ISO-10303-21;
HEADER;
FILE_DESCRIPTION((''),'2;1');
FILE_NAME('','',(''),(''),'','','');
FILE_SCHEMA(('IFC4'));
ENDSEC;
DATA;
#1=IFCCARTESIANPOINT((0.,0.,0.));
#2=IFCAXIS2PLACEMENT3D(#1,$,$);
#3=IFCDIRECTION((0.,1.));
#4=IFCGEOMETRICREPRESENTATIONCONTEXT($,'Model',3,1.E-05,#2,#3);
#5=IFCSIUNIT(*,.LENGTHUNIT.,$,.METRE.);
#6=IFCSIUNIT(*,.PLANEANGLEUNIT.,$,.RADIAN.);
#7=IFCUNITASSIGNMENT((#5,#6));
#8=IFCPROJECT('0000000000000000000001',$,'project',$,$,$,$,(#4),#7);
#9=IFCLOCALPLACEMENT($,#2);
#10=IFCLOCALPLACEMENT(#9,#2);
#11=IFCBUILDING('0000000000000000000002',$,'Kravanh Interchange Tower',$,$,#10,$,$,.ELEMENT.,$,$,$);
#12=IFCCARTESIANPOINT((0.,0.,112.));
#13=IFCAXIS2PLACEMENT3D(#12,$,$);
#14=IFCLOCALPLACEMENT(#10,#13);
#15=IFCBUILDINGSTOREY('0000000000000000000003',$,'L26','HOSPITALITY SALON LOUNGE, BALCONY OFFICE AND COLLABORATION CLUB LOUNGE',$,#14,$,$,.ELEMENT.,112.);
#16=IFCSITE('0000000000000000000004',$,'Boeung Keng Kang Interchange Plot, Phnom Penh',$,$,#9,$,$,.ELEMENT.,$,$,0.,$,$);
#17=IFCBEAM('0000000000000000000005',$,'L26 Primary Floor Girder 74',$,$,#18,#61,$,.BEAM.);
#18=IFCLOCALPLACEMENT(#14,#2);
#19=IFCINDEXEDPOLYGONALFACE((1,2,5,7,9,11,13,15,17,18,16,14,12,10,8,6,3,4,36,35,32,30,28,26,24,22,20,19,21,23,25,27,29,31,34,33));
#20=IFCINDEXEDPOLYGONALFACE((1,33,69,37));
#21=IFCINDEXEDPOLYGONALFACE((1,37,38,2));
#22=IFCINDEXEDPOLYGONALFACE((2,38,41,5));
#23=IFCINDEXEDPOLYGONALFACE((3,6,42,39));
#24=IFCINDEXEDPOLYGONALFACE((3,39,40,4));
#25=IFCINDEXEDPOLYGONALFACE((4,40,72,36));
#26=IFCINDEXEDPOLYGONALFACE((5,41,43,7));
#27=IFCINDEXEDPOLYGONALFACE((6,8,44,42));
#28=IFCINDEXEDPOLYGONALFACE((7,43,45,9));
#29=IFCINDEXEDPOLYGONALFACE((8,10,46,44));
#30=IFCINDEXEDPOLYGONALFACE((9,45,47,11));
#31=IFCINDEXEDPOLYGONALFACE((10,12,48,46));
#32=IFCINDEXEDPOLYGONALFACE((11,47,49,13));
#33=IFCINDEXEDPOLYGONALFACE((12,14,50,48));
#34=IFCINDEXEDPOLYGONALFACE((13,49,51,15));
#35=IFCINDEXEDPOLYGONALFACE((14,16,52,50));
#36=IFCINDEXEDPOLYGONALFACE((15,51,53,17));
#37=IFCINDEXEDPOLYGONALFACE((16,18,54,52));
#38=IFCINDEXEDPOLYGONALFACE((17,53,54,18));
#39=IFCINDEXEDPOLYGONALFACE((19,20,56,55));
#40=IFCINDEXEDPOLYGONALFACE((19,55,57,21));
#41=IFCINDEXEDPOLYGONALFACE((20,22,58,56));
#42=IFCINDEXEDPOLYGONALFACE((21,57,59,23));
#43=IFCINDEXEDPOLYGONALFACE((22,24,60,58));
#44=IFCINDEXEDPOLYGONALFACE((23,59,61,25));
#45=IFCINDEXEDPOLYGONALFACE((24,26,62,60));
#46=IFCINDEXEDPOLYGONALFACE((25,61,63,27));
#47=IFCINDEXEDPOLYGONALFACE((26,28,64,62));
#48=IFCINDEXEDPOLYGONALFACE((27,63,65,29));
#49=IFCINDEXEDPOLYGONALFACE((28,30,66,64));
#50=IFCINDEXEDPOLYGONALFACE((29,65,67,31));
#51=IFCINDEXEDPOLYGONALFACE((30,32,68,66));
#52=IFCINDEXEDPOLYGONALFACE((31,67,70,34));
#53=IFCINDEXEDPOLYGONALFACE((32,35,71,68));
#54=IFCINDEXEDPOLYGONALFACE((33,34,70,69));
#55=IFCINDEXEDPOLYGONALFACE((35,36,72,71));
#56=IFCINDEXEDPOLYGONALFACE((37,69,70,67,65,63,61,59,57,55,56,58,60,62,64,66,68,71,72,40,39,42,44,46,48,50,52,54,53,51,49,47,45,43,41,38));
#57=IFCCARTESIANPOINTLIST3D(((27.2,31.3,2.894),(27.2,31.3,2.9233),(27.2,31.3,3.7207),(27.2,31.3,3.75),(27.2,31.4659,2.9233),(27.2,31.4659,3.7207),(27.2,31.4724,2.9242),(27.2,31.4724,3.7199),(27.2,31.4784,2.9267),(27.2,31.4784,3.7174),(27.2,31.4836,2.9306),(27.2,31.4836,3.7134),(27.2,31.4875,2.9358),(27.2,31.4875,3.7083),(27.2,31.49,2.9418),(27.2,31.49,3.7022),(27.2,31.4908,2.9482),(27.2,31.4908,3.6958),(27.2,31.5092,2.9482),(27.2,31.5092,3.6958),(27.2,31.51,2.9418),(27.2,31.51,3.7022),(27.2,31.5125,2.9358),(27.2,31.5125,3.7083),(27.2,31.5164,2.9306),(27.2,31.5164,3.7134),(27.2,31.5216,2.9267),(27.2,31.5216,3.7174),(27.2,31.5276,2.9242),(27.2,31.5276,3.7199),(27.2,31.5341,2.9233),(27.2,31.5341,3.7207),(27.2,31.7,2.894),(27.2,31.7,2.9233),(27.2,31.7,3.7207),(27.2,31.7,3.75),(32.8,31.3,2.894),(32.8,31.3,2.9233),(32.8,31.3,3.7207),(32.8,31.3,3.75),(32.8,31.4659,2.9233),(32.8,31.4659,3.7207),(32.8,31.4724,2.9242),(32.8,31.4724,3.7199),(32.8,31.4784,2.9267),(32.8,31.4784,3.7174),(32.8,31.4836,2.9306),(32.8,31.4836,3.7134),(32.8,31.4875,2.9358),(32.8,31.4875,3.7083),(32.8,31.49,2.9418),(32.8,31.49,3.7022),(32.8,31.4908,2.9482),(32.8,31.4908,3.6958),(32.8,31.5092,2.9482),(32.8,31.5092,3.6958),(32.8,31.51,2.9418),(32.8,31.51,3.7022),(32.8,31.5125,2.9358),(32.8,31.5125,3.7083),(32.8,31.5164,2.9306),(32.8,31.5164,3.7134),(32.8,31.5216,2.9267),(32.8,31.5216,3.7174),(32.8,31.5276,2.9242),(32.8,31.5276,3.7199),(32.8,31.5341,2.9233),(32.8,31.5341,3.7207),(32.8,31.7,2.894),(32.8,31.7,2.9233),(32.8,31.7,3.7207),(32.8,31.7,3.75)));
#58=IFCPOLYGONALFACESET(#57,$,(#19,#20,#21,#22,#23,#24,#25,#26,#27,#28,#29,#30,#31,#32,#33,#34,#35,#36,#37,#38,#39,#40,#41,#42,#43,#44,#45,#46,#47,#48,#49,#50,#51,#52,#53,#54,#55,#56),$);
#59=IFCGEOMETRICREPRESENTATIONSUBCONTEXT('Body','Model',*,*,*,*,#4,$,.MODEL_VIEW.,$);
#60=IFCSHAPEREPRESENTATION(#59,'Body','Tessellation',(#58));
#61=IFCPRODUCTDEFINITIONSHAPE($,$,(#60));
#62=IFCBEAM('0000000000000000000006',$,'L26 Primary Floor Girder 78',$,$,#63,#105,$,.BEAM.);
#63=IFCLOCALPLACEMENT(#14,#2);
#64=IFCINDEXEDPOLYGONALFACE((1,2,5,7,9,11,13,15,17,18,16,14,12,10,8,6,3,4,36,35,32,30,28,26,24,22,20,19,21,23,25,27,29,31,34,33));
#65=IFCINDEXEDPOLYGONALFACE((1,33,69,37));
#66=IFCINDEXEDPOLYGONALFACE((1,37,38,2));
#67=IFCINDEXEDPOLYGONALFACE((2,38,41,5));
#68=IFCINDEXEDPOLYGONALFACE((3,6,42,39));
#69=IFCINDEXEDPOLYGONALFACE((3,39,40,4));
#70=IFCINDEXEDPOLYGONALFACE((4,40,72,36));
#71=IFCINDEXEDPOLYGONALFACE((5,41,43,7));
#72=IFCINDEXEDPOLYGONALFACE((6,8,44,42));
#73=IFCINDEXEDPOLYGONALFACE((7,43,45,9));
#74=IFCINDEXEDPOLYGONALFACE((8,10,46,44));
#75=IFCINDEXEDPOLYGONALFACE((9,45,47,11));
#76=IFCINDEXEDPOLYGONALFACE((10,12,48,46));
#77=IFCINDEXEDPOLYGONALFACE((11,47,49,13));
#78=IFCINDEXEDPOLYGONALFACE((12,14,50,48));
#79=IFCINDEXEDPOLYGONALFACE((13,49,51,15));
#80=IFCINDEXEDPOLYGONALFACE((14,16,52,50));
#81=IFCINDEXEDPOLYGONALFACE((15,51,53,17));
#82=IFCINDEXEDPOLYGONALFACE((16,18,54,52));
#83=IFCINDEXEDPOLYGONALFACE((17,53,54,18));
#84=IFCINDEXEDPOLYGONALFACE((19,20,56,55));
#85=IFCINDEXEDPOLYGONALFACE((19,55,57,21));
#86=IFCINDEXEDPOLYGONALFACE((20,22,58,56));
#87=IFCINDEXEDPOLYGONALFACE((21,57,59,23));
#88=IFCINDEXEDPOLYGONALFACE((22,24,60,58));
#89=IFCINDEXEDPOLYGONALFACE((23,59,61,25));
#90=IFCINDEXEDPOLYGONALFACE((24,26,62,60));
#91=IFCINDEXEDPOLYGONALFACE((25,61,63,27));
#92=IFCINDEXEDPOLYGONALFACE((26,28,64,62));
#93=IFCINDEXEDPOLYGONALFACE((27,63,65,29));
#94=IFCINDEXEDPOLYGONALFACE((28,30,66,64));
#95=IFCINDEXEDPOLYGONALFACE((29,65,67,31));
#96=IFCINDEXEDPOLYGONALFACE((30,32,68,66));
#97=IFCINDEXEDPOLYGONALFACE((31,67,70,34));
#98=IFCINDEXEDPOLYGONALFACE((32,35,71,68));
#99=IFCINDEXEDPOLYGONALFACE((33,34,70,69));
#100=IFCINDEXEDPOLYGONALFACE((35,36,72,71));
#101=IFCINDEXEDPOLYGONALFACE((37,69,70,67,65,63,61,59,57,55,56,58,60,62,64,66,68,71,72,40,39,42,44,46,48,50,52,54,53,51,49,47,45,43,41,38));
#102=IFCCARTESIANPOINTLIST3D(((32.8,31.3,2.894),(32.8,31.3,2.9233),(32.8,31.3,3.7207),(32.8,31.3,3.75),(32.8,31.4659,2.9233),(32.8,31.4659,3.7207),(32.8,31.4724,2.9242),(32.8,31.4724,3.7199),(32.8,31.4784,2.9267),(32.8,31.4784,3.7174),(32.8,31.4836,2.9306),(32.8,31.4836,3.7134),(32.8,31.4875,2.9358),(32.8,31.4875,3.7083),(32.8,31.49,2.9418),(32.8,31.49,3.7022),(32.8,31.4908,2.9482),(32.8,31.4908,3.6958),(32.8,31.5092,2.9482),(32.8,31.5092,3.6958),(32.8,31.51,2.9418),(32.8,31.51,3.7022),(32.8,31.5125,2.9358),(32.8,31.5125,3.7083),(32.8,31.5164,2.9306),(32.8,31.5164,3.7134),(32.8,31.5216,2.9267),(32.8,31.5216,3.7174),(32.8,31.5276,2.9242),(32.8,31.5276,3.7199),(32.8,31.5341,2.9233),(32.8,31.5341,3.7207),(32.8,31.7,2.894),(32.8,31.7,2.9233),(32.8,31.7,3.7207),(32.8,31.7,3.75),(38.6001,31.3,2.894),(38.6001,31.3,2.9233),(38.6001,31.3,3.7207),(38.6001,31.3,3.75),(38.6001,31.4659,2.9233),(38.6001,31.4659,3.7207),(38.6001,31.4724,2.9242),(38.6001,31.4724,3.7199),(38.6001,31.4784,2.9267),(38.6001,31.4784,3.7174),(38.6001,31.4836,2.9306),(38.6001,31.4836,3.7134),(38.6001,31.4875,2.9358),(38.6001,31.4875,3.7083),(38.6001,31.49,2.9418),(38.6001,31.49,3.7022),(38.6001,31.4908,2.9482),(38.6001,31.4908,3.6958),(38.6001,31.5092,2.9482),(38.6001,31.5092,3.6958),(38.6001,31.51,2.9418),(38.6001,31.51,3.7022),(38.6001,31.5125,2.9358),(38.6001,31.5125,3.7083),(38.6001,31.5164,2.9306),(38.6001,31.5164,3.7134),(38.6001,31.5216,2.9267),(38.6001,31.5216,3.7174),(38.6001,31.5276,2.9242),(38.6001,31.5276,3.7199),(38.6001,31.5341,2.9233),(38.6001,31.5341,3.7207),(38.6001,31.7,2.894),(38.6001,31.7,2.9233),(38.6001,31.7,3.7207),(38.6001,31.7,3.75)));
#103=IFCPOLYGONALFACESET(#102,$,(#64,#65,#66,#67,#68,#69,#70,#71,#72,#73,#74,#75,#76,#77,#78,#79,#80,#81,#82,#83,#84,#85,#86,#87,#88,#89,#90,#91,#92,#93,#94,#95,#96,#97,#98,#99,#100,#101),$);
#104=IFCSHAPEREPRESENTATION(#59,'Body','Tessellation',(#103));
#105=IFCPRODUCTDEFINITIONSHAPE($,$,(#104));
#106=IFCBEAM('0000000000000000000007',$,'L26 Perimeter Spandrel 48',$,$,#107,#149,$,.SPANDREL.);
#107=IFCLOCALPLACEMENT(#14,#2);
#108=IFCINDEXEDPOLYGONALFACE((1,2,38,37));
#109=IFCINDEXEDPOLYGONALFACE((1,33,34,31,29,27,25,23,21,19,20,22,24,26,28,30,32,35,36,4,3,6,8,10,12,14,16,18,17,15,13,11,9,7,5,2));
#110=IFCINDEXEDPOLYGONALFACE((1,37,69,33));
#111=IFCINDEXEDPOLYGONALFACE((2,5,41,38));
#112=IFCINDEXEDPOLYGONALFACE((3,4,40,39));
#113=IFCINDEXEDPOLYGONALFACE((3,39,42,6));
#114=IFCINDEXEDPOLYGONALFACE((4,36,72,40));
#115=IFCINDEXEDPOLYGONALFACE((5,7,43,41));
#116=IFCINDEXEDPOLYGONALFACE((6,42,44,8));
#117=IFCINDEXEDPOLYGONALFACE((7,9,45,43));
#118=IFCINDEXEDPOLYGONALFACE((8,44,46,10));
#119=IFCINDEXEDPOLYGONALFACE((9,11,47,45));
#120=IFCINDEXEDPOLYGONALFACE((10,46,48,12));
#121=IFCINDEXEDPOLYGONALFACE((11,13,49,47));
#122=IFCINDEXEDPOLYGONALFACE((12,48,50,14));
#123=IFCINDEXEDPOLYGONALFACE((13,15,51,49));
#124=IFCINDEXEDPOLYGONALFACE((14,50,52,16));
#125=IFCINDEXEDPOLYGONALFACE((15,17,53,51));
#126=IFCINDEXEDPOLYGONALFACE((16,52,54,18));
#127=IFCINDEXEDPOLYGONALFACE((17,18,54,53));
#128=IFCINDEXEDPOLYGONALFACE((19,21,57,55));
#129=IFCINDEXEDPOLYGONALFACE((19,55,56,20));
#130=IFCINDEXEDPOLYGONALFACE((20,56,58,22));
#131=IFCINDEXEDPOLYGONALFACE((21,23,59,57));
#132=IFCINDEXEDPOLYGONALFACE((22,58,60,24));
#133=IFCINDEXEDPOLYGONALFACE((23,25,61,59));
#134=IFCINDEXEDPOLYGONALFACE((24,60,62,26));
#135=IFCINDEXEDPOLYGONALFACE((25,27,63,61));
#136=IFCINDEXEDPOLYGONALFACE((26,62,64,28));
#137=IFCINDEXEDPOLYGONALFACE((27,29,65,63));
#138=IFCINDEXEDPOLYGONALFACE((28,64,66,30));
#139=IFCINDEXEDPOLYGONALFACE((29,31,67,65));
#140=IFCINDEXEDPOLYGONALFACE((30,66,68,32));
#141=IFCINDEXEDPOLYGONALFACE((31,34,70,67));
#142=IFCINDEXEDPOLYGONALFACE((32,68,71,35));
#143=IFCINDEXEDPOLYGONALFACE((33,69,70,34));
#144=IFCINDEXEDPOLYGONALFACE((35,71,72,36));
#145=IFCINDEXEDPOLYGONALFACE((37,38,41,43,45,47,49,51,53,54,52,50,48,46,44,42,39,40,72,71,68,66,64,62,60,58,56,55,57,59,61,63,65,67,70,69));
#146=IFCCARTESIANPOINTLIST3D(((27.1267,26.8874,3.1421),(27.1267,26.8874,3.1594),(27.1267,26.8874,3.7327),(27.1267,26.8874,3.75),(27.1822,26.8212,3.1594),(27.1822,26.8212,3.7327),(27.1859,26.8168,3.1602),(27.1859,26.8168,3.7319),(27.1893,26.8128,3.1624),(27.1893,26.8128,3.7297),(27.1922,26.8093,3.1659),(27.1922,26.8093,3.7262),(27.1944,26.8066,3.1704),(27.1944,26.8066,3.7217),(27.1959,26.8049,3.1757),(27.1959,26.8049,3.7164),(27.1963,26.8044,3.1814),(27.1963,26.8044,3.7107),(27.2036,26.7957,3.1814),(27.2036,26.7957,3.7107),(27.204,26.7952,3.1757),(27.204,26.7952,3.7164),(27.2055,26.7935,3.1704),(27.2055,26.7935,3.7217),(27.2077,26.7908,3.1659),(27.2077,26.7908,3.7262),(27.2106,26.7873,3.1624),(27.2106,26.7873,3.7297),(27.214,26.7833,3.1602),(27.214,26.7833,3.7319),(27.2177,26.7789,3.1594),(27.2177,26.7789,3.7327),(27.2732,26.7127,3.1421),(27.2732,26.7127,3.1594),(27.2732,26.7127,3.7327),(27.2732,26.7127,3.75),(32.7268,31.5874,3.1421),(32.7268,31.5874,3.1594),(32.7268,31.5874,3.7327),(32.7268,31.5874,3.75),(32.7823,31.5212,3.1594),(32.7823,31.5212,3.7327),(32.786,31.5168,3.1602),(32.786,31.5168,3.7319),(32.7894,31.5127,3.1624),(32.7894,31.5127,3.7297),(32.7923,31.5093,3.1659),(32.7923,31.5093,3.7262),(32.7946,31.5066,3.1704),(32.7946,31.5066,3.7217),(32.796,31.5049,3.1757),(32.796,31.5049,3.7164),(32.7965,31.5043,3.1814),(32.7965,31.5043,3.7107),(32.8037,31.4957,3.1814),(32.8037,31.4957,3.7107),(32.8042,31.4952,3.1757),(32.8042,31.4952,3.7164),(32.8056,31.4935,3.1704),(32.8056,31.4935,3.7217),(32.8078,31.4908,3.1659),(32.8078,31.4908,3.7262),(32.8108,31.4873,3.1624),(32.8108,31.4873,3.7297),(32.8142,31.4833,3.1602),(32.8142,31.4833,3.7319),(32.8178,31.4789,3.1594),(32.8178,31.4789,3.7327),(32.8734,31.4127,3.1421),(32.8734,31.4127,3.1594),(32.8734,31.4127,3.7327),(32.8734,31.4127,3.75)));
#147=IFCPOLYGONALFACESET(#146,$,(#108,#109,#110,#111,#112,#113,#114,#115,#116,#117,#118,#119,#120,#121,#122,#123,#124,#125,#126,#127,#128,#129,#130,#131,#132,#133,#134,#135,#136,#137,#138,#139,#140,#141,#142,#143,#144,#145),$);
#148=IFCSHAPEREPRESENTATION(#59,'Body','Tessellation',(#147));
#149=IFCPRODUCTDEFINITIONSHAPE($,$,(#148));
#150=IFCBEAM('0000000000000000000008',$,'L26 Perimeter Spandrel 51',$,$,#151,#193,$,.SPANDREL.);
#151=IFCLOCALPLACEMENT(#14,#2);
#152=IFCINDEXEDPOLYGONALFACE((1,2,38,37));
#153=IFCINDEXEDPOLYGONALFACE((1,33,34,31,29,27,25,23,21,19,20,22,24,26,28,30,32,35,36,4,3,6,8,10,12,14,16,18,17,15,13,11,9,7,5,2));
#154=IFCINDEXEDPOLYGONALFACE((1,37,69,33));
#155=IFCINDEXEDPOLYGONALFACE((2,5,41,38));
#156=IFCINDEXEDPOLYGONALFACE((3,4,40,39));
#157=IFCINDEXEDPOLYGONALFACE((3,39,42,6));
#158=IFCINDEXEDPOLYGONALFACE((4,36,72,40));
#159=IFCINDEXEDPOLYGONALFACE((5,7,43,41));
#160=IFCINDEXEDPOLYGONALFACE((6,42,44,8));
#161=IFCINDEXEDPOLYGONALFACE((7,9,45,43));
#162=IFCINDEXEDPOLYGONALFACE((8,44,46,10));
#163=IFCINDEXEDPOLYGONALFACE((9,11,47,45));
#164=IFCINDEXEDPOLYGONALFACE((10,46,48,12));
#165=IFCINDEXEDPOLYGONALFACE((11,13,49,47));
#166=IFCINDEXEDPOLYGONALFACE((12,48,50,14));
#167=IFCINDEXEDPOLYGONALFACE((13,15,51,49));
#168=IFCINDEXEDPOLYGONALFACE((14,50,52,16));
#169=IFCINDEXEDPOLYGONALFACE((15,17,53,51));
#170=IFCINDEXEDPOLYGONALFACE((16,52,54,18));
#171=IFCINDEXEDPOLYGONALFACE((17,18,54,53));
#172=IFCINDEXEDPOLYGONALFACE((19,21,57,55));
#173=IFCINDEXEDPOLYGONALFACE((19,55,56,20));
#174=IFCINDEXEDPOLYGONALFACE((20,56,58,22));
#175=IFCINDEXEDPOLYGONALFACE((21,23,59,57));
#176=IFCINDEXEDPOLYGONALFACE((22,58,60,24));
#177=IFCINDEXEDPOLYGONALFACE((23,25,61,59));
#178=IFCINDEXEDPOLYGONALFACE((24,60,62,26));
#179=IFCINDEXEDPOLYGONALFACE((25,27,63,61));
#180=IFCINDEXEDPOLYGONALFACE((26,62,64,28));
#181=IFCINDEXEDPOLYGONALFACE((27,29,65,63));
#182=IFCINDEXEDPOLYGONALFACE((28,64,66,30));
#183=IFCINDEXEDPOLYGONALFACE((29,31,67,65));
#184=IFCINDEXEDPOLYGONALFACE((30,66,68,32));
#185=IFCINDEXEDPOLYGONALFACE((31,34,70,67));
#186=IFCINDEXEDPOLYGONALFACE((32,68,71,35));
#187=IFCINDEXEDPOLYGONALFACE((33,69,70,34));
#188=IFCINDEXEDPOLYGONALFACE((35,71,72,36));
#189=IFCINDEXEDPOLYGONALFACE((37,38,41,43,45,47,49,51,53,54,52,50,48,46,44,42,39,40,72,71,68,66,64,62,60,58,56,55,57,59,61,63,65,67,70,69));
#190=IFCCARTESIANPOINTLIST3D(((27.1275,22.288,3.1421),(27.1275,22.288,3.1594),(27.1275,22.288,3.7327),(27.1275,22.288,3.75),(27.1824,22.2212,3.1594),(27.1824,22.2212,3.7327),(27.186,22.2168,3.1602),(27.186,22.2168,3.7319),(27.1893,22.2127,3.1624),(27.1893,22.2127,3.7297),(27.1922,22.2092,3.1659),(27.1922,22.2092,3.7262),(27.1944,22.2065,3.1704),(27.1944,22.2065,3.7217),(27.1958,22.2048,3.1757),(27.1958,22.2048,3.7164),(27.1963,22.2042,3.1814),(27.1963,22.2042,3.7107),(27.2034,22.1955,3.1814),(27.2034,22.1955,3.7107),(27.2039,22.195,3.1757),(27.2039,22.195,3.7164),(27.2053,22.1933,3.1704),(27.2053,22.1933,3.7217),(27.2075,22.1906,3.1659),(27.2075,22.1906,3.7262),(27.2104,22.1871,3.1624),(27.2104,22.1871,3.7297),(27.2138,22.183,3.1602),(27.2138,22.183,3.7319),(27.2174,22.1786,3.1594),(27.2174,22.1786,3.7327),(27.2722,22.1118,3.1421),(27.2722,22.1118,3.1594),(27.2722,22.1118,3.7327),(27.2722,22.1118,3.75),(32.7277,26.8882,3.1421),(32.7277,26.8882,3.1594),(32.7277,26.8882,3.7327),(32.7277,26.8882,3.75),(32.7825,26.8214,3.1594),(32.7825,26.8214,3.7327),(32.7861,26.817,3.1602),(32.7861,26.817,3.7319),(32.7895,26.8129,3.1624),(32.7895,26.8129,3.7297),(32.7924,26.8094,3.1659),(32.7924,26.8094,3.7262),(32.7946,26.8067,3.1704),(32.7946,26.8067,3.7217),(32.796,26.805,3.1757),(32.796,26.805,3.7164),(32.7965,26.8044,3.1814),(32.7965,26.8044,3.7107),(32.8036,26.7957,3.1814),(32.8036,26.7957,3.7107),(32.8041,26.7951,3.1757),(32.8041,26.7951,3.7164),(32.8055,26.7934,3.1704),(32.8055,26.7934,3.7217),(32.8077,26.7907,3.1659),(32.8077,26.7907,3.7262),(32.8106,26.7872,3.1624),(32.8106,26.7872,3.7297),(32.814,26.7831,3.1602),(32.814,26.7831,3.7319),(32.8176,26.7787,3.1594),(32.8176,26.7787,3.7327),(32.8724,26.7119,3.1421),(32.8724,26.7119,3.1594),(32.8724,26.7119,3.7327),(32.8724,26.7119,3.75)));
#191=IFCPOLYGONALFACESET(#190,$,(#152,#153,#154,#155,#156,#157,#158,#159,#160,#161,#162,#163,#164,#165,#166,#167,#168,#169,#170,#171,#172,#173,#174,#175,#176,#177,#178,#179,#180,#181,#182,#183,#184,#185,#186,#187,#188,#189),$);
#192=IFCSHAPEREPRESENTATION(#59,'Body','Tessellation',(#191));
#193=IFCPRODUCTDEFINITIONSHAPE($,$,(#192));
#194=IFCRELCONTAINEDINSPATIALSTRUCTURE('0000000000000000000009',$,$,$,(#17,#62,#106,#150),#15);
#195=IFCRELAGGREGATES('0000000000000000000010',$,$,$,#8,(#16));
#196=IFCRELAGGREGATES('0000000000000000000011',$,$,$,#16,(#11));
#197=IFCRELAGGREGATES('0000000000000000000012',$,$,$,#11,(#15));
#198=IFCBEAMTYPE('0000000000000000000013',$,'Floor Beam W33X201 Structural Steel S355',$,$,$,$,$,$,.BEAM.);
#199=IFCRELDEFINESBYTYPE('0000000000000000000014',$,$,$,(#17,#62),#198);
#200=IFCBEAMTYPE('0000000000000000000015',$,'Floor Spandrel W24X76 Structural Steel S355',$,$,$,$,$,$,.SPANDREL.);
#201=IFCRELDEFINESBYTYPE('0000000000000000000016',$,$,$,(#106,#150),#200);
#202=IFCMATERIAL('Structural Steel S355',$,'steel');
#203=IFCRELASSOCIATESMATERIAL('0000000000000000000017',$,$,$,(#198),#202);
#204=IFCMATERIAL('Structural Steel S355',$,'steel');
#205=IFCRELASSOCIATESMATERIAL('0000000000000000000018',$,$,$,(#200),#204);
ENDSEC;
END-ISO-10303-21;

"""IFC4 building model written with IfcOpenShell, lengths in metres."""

from ifc_helpers import new_model, si_unit, direction, frame, origin, origin_2d, place, context, subcontext, project, spatial, i_section, extrude, material, material_profile, profile_set, type_object, element, save


model = new_model("IFC4")

# Units and contexts
model_context = context("Model", 3, precision=1e-05, world=origin(), true_north=direction((0.0, 1.0)))
body_context = subcontext(model_context, "Body", "Model", "MODEL_VIEW")
ifc_project = project(units=[si_unit("LENGTHUNIT", "METRE"), si_unit("PLANEANGLEUNIT", "RADIAN")], contexts=[model_context])

# Site, building, storey
site_placement = place(None, origin())
site = spatial("IfcSite", under=ifc_project, at=site_placement, Name="Boeung Keng Kang Interchange Plot, Phnom Penh", CompositionType="ELEMENT", RefElevation=0.0)
building_placement = place(site_placement, origin())
building = spatial("IfcBuilding", under=site, at=building_placement, Name="Kravanh Interchange Tower", CompositionType="ELEMENT")
storey_placement = place(building_placement, frame((0.0, 0.0, 112.0)))
storey = spatial("IfcBuildingStorey", under=building, at=storey_placement, Name="L26", Description="HOSPITALITY SALON LOUNGE, BALCONY OFFICE AND COLLABORATION CLUB LOUNGE", CompositionType="ELEMENT", Elevation=112.0)

# Beams
ifc_material_1 = material(Name="Structural Steel S355", Category="steel")
ifc_material_profile_1 = material_profile(ifc_material_1, i_section(OverallWidth=0.3999, OverallDepth=0.856, WebThickness=0.0183, FlangeThickness=0.0293, FilletRadius=0.0249, at=origin_2d()), Name="W33X201")
ifc_profile_set_1 = profile_set([ifc_material_profile_1], Name="Structural Steel S355")
beam_type_1 = type_object("IfcBeamType", Name="Floor Beam W33X201 Structural Steel S355", PredefinedType="BEAM", material=ifc_profile_set_1)
beam_1_placement = place(storey_placement, frame((27.2, 31.5, 3.322), z_axis=(1.0, 0.0, 0.0), x_axis=(0.0, 1.0, 0.0)))
element("IfcBeam", 1, at=beam_1_placement, inside=storey, type_object=beam_type_1, Name="L26 Primary Floor Girder 74", PredefinedType="BEAM", context=body_context, shape_type="SweptSolid", body=[
    extrude(i_section(OverallWidth=0.3999, OverallDepth=0.856, WebThickness=0.0183, FlangeThickness=0.0293, FilletRadius=0.0249, at=origin_2d()), origin(), (0.0, 0.0, 1.0), 5.6001),
])
beam_2_placement = place(storey_placement, frame((32.8, 31.5, 3.322), z_axis=(1.0, 0.0, 0.0), x_axis=(0.0, 1.0, 0.0)))
element("IfcBeam", 2, at=beam_2_placement, inside=storey, type_object=beam_type_1, Name="L26 Primary Floor Girder 78", PredefinedType="BEAM", context=body_context, shape_type="SweptSolid", body=[
    extrude(i_section(OverallWidth=0.3999, OverallDepth=0.856, WebThickness=0.0183, FlangeThickness=0.0293, FilletRadius=0.0249, at=origin_2d()), origin(), (0.0, 0.0, 1.0), 5.8),
])
ifc_material_2 = material(Name="Structural Steel S355", Category="steel")
ifc_material_profile_2 = material_profile(ifc_material_2, i_section(OverallWidth=0.228, OverallDepth=0.6079, WebThickness=0.0112, FlangeThickness=0.0173, FilletRadius=0.022, at=origin_2d()), Name="W24X76")
ifc_profile_set_2 = profile_set([ifc_material_profile_2], Name="Structural Steel S355")
beam_type_2 = type_object("IfcBeamType", Name="Floor Spandrel W24X76 Structural Steel S355", PredefinedType="SPANDREL", material=ifc_profile_set_2)
beam_3_placement = place(storey_placement, frame((27.2, 26.8, 3.446), z_axis=(0.765983, 0.642861, 0.0), x_axis=(-0.642861, 0.765983, 0.0)))
element("IfcBeam", 3, at=beam_3_placement, inside=storey, type_object=beam_type_2, Name="L26 Perimeter Spandrel 48", PredefinedType="SPANDREL", context=body_context, shape_type="SweptSolid", body=[
    extrude(i_section(OverallWidth=0.228, OverallDepth=0.6079, WebThickness=0.0112, FlangeThickness=0.0173, FilletRadius=0.022, at=origin_2d()), origin(), (0.0, 0.0, 1.0), 7.311),
])
beam_4_placement = place(storey_placement, frame((32.8, 26.8, 3.446), z_axis=(-0.772725, -0.634741, 0.0), x_axis=(0.634741, -0.772725, 0.0)))
element("IfcBeam", 4, at=beam_4_placement, inside=storey, type_object=beam_type_2, Name="L26 Perimeter Spandrel 51", PredefinedType="SPANDREL", context=body_context, shape_type="SweptSolid", body=[
    extrude(i_section(OverallWidth=0.228, OverallDepth=0.6079, WebThickness=0.0112, FlangeThickness=0.0173, FilletRadius=0.022, at=origin_2d()), origin(), (0.0, 0.0, 1.0), 7.2473),
])

save(model, "model.ifc")
